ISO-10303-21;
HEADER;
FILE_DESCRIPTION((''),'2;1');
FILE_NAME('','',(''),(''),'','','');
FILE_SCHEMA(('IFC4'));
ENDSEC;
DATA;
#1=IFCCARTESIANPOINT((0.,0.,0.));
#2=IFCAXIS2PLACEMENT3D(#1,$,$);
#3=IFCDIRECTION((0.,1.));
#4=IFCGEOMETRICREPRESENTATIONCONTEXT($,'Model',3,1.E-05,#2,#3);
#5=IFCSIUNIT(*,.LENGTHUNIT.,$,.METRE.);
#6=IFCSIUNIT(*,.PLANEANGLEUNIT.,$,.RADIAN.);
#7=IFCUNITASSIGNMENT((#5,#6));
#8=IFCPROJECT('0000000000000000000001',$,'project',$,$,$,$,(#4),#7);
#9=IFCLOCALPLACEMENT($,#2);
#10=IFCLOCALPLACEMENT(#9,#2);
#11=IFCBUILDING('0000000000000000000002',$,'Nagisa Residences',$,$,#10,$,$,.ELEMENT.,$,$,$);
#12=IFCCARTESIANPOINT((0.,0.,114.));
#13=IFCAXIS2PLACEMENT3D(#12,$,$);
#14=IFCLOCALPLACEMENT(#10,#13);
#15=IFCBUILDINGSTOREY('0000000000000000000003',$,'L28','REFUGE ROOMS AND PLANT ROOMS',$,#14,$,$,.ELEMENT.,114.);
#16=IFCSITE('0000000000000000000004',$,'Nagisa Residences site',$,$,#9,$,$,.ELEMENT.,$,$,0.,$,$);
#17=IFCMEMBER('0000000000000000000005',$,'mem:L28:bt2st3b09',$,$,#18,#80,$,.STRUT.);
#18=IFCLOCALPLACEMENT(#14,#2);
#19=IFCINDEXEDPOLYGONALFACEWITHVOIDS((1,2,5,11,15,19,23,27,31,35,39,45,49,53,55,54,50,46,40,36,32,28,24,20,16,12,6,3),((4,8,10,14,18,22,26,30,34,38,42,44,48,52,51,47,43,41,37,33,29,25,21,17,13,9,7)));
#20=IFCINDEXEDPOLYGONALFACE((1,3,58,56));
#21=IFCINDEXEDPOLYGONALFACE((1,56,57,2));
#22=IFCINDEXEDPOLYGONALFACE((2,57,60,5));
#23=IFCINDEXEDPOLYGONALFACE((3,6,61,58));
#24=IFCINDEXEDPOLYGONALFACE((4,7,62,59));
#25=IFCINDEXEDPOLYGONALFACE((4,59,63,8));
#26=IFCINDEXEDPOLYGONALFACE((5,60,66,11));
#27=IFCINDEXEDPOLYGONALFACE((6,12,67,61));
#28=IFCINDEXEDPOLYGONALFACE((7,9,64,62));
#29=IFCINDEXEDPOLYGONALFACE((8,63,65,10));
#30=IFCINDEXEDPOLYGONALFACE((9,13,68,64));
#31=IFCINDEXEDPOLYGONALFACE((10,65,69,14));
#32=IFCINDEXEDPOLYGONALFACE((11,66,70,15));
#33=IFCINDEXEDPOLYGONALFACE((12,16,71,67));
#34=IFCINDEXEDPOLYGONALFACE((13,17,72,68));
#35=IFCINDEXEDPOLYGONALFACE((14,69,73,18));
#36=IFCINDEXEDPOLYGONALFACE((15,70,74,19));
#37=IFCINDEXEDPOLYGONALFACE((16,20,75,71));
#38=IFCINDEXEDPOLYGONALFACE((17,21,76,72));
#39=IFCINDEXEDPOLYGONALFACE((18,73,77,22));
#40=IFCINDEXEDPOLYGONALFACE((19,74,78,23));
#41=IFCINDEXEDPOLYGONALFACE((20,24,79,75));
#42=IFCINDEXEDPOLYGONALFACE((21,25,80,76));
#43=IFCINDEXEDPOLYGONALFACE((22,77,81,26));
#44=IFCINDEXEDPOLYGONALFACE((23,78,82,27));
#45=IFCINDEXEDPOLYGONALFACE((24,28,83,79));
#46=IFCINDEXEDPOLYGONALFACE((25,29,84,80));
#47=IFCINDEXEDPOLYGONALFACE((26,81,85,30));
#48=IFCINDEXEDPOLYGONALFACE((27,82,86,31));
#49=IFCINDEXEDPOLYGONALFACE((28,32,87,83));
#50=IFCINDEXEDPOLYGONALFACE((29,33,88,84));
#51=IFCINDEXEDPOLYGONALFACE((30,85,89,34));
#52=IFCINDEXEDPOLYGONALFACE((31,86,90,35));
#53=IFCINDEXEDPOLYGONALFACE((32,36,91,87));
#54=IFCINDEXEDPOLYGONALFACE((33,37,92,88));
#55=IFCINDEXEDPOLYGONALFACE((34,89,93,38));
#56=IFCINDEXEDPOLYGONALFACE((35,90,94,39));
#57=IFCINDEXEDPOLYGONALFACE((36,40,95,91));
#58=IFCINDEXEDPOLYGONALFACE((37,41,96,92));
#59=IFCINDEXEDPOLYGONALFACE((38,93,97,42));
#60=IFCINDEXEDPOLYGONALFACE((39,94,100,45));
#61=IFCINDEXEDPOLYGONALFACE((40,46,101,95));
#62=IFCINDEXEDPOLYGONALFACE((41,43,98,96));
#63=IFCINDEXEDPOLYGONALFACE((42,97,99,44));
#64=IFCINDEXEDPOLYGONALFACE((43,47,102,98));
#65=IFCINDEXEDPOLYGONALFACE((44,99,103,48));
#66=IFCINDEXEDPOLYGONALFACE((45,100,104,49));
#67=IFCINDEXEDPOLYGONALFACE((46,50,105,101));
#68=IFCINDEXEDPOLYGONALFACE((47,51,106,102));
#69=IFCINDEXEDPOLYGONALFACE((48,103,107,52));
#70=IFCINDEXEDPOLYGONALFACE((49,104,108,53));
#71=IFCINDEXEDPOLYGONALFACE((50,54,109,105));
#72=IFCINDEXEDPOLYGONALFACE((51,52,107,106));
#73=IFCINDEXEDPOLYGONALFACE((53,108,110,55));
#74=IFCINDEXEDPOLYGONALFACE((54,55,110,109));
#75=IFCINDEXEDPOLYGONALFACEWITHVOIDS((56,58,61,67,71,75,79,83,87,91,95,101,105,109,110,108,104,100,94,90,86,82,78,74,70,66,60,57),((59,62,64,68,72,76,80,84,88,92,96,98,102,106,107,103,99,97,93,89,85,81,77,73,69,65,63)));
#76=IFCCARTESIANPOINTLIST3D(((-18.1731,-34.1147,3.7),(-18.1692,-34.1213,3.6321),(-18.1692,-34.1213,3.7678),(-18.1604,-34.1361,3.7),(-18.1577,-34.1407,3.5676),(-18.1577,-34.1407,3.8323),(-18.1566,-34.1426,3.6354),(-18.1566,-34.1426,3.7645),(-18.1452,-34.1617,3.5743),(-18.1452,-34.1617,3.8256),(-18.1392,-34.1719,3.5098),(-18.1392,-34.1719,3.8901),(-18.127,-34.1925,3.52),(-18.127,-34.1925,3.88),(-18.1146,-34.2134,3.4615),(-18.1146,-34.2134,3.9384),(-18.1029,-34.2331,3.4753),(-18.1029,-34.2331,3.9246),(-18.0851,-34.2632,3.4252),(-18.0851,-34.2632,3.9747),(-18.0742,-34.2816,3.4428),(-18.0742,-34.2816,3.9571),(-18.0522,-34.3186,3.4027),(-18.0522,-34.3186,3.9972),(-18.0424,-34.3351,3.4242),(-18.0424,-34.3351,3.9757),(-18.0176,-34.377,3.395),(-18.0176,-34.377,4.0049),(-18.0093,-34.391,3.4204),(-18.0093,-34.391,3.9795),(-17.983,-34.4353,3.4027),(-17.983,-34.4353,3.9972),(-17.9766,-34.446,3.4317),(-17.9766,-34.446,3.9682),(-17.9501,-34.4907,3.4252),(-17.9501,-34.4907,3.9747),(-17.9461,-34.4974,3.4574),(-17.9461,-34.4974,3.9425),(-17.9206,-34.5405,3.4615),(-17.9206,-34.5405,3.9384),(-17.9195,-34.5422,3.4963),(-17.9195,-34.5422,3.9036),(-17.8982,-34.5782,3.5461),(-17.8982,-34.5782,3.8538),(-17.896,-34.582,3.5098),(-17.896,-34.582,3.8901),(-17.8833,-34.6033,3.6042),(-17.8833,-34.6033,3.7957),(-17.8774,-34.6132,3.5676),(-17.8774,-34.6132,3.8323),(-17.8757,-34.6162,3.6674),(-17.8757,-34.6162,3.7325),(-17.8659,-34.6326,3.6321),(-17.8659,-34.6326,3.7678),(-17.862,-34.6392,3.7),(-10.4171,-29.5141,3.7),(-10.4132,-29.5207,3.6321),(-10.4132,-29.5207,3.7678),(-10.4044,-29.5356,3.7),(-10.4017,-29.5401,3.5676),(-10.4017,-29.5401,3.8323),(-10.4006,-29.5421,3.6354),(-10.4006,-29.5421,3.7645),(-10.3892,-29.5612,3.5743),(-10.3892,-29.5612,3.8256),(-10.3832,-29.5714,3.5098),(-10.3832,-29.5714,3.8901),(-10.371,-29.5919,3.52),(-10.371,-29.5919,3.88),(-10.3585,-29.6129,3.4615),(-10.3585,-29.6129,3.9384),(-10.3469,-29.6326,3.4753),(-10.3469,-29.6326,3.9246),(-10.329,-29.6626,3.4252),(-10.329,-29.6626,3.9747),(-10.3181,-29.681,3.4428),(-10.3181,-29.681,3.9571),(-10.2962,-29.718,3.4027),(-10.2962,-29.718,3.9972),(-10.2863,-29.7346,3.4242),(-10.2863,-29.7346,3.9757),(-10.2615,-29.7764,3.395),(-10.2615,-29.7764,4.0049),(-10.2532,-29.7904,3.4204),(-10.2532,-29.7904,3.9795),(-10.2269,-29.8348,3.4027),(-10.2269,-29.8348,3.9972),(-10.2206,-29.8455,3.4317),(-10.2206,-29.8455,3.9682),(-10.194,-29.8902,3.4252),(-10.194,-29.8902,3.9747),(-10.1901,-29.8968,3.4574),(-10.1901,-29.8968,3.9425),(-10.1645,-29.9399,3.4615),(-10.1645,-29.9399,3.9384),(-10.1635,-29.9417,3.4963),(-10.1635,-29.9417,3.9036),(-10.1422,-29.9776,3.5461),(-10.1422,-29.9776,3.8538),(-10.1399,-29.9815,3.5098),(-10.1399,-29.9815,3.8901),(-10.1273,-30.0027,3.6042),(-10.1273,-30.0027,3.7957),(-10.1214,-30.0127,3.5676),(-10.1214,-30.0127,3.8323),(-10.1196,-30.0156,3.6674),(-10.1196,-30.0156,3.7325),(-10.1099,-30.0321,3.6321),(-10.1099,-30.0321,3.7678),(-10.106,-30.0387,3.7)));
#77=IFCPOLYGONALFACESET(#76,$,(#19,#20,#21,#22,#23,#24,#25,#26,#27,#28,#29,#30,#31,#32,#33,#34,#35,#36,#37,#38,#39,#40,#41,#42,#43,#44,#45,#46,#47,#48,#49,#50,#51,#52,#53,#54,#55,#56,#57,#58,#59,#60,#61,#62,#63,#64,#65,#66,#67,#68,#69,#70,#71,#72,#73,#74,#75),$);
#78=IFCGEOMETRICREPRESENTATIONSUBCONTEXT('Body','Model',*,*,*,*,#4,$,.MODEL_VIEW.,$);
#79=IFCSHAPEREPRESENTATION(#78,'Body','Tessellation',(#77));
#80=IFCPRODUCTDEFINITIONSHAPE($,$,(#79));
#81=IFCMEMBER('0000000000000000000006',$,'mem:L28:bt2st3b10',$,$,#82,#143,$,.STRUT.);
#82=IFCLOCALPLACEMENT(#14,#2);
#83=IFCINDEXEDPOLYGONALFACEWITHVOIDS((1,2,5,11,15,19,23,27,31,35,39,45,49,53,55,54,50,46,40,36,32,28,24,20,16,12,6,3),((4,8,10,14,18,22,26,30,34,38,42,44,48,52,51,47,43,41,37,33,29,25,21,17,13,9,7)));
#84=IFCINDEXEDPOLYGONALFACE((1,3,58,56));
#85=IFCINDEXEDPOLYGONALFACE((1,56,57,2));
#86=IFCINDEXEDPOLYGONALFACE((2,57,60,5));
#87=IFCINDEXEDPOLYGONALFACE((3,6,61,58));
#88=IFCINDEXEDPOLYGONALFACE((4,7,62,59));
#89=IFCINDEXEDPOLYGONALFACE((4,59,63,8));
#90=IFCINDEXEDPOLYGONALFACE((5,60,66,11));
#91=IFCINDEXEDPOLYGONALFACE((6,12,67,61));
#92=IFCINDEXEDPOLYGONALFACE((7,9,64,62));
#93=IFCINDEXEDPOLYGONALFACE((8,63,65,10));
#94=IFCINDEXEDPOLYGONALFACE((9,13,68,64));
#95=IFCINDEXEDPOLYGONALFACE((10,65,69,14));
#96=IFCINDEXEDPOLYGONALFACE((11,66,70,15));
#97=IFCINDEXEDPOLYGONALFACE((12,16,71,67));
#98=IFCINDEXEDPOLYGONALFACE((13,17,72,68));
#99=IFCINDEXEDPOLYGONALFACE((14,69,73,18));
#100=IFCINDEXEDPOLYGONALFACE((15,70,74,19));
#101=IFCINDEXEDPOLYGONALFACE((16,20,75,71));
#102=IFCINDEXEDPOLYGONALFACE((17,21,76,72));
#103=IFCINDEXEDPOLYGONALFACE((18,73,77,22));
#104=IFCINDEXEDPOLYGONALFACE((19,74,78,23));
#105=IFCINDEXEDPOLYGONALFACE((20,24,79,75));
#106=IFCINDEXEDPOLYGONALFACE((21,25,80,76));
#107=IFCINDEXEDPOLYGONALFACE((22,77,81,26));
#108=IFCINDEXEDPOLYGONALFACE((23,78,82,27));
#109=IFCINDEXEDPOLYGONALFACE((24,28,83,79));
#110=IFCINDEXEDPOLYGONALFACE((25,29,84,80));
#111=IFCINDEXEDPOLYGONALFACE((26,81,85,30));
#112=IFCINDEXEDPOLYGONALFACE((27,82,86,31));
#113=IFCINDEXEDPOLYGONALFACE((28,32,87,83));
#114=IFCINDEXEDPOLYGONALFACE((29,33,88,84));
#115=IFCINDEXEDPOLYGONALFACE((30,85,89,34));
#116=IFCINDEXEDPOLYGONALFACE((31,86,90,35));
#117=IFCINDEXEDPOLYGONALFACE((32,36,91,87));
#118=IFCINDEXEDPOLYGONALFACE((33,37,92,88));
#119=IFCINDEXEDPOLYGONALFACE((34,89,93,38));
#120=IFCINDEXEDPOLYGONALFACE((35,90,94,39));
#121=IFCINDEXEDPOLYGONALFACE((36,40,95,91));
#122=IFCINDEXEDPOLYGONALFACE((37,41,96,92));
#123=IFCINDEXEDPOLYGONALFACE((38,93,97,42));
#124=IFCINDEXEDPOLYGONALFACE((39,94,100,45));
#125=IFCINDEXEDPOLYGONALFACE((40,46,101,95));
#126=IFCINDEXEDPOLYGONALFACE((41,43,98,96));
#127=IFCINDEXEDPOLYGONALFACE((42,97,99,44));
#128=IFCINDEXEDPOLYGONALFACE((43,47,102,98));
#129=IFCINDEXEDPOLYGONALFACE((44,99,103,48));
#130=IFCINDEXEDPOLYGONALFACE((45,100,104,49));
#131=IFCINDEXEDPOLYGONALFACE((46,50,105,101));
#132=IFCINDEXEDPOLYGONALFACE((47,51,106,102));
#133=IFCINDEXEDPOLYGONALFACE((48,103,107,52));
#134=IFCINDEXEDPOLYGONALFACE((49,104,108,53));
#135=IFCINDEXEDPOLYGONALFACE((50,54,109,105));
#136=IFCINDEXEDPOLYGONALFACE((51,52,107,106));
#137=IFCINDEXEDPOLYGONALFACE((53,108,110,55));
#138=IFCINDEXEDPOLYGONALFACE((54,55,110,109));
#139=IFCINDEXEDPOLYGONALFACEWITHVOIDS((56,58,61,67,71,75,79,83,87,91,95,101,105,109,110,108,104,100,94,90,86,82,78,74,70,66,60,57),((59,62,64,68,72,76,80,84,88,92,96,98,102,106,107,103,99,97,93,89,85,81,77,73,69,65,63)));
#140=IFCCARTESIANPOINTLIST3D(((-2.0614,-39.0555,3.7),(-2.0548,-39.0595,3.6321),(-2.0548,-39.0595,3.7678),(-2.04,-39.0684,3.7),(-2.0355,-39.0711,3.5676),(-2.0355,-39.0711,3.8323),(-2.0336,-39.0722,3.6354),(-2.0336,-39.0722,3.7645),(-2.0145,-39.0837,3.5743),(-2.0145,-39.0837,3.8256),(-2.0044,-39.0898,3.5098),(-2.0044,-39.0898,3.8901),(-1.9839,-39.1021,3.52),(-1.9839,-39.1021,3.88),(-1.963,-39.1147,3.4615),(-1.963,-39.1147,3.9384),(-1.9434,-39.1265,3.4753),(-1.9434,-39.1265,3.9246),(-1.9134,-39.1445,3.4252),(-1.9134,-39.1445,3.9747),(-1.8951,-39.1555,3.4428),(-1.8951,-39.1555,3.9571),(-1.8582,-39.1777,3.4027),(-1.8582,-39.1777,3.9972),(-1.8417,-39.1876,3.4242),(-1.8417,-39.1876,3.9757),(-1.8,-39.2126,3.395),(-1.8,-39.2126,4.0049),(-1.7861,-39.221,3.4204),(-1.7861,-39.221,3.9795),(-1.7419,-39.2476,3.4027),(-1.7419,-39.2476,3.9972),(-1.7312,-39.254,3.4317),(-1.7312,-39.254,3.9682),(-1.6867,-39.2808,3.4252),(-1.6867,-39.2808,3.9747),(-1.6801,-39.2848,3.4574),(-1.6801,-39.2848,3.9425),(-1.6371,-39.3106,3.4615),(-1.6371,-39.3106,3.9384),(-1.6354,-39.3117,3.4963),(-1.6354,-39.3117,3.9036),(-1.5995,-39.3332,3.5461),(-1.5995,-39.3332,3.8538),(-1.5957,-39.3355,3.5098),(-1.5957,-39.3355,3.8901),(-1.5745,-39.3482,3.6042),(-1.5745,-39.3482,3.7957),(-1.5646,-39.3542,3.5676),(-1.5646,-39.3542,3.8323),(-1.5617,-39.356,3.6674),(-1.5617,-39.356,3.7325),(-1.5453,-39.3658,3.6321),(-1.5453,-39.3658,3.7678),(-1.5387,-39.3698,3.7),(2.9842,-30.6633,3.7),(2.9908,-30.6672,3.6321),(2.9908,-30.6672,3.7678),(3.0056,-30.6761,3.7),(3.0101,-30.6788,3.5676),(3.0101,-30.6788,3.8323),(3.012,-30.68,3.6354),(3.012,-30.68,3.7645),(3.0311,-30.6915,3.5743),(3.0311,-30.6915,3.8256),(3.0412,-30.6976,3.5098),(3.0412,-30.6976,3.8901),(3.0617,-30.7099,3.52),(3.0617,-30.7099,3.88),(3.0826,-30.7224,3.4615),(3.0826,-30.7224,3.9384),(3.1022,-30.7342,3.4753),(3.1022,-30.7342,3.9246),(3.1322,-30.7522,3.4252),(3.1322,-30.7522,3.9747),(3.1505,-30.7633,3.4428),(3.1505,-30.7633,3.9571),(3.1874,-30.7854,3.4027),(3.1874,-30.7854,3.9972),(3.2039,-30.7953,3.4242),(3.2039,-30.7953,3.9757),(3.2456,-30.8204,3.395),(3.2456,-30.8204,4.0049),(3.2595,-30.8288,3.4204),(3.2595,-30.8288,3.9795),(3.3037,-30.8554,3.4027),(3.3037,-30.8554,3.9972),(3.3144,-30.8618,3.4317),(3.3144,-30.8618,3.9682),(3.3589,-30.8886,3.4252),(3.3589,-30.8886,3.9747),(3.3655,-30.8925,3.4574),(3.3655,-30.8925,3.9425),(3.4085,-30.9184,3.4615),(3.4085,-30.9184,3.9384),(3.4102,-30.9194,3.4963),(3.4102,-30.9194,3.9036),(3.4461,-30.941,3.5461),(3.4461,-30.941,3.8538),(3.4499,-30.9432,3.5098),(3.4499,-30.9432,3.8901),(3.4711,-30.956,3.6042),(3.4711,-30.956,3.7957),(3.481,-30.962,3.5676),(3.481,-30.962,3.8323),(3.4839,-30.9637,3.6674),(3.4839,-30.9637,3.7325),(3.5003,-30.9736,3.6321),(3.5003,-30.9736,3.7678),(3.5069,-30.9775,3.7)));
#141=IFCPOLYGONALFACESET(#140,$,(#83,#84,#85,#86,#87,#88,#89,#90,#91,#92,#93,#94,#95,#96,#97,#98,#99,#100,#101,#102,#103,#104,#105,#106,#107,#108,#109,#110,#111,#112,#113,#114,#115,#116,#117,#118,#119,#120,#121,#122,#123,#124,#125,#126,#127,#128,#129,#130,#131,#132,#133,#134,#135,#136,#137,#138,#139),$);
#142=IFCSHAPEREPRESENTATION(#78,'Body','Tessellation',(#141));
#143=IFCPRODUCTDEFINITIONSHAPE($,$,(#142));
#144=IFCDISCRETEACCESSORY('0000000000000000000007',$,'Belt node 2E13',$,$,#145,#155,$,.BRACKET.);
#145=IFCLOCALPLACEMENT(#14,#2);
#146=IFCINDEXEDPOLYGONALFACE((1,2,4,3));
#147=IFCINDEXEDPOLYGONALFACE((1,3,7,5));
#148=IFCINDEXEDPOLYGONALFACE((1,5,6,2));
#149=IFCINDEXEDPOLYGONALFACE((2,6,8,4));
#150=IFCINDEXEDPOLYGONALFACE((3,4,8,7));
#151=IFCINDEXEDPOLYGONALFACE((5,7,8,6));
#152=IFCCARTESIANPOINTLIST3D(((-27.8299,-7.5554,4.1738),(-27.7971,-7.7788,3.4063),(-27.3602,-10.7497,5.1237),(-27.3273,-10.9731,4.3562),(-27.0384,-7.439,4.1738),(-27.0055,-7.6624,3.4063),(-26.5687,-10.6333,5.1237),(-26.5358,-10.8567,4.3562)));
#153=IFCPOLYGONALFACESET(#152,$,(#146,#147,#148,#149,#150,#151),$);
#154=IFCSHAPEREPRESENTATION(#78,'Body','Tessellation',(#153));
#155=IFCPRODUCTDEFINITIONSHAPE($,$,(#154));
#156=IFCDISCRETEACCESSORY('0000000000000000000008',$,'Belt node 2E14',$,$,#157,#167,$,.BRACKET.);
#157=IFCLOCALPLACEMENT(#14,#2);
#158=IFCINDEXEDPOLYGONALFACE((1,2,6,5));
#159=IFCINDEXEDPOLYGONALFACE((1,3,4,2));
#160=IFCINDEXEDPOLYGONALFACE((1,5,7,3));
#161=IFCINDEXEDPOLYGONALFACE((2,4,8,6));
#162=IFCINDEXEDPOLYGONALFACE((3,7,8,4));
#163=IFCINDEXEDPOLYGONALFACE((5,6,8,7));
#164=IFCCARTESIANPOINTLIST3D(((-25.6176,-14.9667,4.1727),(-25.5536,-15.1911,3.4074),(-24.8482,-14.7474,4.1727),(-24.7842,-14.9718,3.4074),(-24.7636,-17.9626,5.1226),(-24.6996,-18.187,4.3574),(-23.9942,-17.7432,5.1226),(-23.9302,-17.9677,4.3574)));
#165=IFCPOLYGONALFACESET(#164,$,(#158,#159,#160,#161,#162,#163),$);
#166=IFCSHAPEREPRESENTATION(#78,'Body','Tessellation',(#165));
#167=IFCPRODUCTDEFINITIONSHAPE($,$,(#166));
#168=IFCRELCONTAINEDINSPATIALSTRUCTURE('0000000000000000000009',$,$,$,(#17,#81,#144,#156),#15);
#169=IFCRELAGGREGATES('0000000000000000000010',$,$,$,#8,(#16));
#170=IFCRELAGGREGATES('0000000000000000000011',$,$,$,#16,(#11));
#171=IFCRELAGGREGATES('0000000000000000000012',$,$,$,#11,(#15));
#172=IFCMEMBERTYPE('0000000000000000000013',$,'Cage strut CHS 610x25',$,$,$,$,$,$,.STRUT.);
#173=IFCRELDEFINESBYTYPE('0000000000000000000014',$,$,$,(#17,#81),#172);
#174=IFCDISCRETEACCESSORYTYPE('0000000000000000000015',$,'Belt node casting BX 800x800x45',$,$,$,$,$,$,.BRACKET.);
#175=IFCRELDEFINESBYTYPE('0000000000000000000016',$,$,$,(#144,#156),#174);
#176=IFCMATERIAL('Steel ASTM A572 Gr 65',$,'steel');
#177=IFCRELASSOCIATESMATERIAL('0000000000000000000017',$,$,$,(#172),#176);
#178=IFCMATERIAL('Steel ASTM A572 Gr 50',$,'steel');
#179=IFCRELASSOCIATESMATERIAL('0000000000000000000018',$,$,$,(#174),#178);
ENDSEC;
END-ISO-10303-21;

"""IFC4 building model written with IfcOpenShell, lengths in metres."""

from ifc_helpers import new_model, si_unit, direction, frame, origin, origin_2d, place, context, subcontext, project, spatial, rectangle, hollow_circle, extrude, material, material_profile, profile_set, type_object, element, save


model = new_model("IFC4")

# Units and contexts
model_context = context("Model", 3, precision=1e-05, world=origin(), true_north=direction((0.0, 1.0)))
body_context = subcontext(model_context, "Body", "Model", "MODEL_VIEW")
ifc_project = project(units=[si_unit("LENGTHUNIT", "METRE"), si_unit("PLANEANGLEUNIT", "RADIAN")], contexts=[model_context])

# Site, building, storey
site_placement = place(None, origin())
site = spatial("IfcSite", under=ifc_project, at=site_placement, Name="Nagisa Residences site", CompositionType="ELEMENT", RefElevation=0.0)
building_placement = place(site_placement, origin())
building = spatial("IfcBuilding", under=site, at=building_placement, Name="Nagisa Residences", CompositionType="ELEMENT")
storey_placement = place(building_placement, frame((0.0, 0.0, 114.0)))
storey = spatial("IfcBuildingStorey", under=building, at=storey_placement, Name="L28", Description="REFUGE ROOMS AND PLANT ROOMS", CompositionType="ELEMENT", Elevation=114.0)

# Members
ifc_material_1 = material(Name="Steel ASTM A572 Gr 65", Category="steel")
ifc_material_profile_1 = material_profile(ifc_material_1, hollow_circle(Radius=0.3049, WallThickness=0.0249, at=origin_2d()), Name="CHS 610x25")
ifc_profile_set_1 = profile_set([ifc_material_profile_1], Name="Steel ASTM A572 Gr 65")
member_type_1 = type_object("IfcMemberType", Name="Cage strut CHS 610x25", PredefinedType="STRUT", material=ifc_profile_set_1)
member_1_placement = place(storey_placement, frame((-18.0176, -34.377, 3.7), z_axis=(0.860079, 0.510162, 0.0), x_axis=(-0.510162, 0.860079, 0.0)))
element("IfcMember", 1, at=member_1_placement, inside=storey, type_object=member_type_1, Name="mem:L28:bt2st3b09", PredefinedType="STRUT", context=body_context, shape_type="SweptSolid", body=[
    extrude(hollow_circle(Radius=0.3049, WallThickness=0.0249, at=origin_2d()), origin(), (0.0, 0.0, 1.0), 9.0178),
])
member_2_placement = place(storey_placement, frame((-1.8, -39.2126, 3.7), z_axis=(0.515266, 0.857031, 0.0), x_axis=(-0.857031, 0.515266, 0.0)))
element("IfcMember", 2, at=member_2_placement, inside=storey, type_object=member_type_1, Name="mem:L28:bt2st3b10", PredefinedType="STRUT", context=body_context, shape_type="SweptSolid", body=[
    extrude(hollow_circle(Radius=0.3049, WallThickness=0.0249, at=origin_2d()), origin(), (0.0, 0.0, 1.0), 9.7922),
])

# Discrete accessories
ifc_material_2 = material(Name="Steel ASTM A572 Gr 50", Category="steel")
discrete_accessory_type_1 = type_object("IfcDiscreteAccessoryType", Name="Belt node casting BX 800x800x45", PredefinedType="BRACKET", material=ifc_material_2)
discrete_accessory_1_placement = place(storey_placement, frame((-27.4177, -7.6089, 3.79), z_axis=(0.13957, -0.949131, 0.282259), x_axis=(0.98936, 0.145485, 0.0)))
element("IfcDiscreteAccessory", 3, at=discrete_accessory_1_placement, inside=storey, type_object=discrete_accessory_type_1, Name="Belt node 2E13", PredefinedType="BRACKET", context=body_context, shape_type="SweptSolid", body=[
    extrude(rectangle(XDim=0.8, YDim=0.8, at=origin_2d()), origin(), (0.0, 0.0, 1.0), 3.3655),
])
discrete_accessory_2_placement = place(storey_placement, frame((-25.2009, -14.9692, 3.79), z_axis=(0.262221, -0.919871, 0.291681), x_axis=(0.961689, 0.274141, 0.0)))
element("IfcDiscreteAccessory", 4, at=discrete_accessory_2_placement, inside=storey, type_object=discrete_accessory_type_1, Name="Belt node 2E14", PredefinedType="BRACKET", context=body_context, shape_type="SweptSolid", body=[
    extrude(rectangle(XDim=0.8, YDim=0.8, at=origin_2d()), origin(), (0.0, 0.0, 1.0), 3.2568),
])

save(model, "model.ifc")
